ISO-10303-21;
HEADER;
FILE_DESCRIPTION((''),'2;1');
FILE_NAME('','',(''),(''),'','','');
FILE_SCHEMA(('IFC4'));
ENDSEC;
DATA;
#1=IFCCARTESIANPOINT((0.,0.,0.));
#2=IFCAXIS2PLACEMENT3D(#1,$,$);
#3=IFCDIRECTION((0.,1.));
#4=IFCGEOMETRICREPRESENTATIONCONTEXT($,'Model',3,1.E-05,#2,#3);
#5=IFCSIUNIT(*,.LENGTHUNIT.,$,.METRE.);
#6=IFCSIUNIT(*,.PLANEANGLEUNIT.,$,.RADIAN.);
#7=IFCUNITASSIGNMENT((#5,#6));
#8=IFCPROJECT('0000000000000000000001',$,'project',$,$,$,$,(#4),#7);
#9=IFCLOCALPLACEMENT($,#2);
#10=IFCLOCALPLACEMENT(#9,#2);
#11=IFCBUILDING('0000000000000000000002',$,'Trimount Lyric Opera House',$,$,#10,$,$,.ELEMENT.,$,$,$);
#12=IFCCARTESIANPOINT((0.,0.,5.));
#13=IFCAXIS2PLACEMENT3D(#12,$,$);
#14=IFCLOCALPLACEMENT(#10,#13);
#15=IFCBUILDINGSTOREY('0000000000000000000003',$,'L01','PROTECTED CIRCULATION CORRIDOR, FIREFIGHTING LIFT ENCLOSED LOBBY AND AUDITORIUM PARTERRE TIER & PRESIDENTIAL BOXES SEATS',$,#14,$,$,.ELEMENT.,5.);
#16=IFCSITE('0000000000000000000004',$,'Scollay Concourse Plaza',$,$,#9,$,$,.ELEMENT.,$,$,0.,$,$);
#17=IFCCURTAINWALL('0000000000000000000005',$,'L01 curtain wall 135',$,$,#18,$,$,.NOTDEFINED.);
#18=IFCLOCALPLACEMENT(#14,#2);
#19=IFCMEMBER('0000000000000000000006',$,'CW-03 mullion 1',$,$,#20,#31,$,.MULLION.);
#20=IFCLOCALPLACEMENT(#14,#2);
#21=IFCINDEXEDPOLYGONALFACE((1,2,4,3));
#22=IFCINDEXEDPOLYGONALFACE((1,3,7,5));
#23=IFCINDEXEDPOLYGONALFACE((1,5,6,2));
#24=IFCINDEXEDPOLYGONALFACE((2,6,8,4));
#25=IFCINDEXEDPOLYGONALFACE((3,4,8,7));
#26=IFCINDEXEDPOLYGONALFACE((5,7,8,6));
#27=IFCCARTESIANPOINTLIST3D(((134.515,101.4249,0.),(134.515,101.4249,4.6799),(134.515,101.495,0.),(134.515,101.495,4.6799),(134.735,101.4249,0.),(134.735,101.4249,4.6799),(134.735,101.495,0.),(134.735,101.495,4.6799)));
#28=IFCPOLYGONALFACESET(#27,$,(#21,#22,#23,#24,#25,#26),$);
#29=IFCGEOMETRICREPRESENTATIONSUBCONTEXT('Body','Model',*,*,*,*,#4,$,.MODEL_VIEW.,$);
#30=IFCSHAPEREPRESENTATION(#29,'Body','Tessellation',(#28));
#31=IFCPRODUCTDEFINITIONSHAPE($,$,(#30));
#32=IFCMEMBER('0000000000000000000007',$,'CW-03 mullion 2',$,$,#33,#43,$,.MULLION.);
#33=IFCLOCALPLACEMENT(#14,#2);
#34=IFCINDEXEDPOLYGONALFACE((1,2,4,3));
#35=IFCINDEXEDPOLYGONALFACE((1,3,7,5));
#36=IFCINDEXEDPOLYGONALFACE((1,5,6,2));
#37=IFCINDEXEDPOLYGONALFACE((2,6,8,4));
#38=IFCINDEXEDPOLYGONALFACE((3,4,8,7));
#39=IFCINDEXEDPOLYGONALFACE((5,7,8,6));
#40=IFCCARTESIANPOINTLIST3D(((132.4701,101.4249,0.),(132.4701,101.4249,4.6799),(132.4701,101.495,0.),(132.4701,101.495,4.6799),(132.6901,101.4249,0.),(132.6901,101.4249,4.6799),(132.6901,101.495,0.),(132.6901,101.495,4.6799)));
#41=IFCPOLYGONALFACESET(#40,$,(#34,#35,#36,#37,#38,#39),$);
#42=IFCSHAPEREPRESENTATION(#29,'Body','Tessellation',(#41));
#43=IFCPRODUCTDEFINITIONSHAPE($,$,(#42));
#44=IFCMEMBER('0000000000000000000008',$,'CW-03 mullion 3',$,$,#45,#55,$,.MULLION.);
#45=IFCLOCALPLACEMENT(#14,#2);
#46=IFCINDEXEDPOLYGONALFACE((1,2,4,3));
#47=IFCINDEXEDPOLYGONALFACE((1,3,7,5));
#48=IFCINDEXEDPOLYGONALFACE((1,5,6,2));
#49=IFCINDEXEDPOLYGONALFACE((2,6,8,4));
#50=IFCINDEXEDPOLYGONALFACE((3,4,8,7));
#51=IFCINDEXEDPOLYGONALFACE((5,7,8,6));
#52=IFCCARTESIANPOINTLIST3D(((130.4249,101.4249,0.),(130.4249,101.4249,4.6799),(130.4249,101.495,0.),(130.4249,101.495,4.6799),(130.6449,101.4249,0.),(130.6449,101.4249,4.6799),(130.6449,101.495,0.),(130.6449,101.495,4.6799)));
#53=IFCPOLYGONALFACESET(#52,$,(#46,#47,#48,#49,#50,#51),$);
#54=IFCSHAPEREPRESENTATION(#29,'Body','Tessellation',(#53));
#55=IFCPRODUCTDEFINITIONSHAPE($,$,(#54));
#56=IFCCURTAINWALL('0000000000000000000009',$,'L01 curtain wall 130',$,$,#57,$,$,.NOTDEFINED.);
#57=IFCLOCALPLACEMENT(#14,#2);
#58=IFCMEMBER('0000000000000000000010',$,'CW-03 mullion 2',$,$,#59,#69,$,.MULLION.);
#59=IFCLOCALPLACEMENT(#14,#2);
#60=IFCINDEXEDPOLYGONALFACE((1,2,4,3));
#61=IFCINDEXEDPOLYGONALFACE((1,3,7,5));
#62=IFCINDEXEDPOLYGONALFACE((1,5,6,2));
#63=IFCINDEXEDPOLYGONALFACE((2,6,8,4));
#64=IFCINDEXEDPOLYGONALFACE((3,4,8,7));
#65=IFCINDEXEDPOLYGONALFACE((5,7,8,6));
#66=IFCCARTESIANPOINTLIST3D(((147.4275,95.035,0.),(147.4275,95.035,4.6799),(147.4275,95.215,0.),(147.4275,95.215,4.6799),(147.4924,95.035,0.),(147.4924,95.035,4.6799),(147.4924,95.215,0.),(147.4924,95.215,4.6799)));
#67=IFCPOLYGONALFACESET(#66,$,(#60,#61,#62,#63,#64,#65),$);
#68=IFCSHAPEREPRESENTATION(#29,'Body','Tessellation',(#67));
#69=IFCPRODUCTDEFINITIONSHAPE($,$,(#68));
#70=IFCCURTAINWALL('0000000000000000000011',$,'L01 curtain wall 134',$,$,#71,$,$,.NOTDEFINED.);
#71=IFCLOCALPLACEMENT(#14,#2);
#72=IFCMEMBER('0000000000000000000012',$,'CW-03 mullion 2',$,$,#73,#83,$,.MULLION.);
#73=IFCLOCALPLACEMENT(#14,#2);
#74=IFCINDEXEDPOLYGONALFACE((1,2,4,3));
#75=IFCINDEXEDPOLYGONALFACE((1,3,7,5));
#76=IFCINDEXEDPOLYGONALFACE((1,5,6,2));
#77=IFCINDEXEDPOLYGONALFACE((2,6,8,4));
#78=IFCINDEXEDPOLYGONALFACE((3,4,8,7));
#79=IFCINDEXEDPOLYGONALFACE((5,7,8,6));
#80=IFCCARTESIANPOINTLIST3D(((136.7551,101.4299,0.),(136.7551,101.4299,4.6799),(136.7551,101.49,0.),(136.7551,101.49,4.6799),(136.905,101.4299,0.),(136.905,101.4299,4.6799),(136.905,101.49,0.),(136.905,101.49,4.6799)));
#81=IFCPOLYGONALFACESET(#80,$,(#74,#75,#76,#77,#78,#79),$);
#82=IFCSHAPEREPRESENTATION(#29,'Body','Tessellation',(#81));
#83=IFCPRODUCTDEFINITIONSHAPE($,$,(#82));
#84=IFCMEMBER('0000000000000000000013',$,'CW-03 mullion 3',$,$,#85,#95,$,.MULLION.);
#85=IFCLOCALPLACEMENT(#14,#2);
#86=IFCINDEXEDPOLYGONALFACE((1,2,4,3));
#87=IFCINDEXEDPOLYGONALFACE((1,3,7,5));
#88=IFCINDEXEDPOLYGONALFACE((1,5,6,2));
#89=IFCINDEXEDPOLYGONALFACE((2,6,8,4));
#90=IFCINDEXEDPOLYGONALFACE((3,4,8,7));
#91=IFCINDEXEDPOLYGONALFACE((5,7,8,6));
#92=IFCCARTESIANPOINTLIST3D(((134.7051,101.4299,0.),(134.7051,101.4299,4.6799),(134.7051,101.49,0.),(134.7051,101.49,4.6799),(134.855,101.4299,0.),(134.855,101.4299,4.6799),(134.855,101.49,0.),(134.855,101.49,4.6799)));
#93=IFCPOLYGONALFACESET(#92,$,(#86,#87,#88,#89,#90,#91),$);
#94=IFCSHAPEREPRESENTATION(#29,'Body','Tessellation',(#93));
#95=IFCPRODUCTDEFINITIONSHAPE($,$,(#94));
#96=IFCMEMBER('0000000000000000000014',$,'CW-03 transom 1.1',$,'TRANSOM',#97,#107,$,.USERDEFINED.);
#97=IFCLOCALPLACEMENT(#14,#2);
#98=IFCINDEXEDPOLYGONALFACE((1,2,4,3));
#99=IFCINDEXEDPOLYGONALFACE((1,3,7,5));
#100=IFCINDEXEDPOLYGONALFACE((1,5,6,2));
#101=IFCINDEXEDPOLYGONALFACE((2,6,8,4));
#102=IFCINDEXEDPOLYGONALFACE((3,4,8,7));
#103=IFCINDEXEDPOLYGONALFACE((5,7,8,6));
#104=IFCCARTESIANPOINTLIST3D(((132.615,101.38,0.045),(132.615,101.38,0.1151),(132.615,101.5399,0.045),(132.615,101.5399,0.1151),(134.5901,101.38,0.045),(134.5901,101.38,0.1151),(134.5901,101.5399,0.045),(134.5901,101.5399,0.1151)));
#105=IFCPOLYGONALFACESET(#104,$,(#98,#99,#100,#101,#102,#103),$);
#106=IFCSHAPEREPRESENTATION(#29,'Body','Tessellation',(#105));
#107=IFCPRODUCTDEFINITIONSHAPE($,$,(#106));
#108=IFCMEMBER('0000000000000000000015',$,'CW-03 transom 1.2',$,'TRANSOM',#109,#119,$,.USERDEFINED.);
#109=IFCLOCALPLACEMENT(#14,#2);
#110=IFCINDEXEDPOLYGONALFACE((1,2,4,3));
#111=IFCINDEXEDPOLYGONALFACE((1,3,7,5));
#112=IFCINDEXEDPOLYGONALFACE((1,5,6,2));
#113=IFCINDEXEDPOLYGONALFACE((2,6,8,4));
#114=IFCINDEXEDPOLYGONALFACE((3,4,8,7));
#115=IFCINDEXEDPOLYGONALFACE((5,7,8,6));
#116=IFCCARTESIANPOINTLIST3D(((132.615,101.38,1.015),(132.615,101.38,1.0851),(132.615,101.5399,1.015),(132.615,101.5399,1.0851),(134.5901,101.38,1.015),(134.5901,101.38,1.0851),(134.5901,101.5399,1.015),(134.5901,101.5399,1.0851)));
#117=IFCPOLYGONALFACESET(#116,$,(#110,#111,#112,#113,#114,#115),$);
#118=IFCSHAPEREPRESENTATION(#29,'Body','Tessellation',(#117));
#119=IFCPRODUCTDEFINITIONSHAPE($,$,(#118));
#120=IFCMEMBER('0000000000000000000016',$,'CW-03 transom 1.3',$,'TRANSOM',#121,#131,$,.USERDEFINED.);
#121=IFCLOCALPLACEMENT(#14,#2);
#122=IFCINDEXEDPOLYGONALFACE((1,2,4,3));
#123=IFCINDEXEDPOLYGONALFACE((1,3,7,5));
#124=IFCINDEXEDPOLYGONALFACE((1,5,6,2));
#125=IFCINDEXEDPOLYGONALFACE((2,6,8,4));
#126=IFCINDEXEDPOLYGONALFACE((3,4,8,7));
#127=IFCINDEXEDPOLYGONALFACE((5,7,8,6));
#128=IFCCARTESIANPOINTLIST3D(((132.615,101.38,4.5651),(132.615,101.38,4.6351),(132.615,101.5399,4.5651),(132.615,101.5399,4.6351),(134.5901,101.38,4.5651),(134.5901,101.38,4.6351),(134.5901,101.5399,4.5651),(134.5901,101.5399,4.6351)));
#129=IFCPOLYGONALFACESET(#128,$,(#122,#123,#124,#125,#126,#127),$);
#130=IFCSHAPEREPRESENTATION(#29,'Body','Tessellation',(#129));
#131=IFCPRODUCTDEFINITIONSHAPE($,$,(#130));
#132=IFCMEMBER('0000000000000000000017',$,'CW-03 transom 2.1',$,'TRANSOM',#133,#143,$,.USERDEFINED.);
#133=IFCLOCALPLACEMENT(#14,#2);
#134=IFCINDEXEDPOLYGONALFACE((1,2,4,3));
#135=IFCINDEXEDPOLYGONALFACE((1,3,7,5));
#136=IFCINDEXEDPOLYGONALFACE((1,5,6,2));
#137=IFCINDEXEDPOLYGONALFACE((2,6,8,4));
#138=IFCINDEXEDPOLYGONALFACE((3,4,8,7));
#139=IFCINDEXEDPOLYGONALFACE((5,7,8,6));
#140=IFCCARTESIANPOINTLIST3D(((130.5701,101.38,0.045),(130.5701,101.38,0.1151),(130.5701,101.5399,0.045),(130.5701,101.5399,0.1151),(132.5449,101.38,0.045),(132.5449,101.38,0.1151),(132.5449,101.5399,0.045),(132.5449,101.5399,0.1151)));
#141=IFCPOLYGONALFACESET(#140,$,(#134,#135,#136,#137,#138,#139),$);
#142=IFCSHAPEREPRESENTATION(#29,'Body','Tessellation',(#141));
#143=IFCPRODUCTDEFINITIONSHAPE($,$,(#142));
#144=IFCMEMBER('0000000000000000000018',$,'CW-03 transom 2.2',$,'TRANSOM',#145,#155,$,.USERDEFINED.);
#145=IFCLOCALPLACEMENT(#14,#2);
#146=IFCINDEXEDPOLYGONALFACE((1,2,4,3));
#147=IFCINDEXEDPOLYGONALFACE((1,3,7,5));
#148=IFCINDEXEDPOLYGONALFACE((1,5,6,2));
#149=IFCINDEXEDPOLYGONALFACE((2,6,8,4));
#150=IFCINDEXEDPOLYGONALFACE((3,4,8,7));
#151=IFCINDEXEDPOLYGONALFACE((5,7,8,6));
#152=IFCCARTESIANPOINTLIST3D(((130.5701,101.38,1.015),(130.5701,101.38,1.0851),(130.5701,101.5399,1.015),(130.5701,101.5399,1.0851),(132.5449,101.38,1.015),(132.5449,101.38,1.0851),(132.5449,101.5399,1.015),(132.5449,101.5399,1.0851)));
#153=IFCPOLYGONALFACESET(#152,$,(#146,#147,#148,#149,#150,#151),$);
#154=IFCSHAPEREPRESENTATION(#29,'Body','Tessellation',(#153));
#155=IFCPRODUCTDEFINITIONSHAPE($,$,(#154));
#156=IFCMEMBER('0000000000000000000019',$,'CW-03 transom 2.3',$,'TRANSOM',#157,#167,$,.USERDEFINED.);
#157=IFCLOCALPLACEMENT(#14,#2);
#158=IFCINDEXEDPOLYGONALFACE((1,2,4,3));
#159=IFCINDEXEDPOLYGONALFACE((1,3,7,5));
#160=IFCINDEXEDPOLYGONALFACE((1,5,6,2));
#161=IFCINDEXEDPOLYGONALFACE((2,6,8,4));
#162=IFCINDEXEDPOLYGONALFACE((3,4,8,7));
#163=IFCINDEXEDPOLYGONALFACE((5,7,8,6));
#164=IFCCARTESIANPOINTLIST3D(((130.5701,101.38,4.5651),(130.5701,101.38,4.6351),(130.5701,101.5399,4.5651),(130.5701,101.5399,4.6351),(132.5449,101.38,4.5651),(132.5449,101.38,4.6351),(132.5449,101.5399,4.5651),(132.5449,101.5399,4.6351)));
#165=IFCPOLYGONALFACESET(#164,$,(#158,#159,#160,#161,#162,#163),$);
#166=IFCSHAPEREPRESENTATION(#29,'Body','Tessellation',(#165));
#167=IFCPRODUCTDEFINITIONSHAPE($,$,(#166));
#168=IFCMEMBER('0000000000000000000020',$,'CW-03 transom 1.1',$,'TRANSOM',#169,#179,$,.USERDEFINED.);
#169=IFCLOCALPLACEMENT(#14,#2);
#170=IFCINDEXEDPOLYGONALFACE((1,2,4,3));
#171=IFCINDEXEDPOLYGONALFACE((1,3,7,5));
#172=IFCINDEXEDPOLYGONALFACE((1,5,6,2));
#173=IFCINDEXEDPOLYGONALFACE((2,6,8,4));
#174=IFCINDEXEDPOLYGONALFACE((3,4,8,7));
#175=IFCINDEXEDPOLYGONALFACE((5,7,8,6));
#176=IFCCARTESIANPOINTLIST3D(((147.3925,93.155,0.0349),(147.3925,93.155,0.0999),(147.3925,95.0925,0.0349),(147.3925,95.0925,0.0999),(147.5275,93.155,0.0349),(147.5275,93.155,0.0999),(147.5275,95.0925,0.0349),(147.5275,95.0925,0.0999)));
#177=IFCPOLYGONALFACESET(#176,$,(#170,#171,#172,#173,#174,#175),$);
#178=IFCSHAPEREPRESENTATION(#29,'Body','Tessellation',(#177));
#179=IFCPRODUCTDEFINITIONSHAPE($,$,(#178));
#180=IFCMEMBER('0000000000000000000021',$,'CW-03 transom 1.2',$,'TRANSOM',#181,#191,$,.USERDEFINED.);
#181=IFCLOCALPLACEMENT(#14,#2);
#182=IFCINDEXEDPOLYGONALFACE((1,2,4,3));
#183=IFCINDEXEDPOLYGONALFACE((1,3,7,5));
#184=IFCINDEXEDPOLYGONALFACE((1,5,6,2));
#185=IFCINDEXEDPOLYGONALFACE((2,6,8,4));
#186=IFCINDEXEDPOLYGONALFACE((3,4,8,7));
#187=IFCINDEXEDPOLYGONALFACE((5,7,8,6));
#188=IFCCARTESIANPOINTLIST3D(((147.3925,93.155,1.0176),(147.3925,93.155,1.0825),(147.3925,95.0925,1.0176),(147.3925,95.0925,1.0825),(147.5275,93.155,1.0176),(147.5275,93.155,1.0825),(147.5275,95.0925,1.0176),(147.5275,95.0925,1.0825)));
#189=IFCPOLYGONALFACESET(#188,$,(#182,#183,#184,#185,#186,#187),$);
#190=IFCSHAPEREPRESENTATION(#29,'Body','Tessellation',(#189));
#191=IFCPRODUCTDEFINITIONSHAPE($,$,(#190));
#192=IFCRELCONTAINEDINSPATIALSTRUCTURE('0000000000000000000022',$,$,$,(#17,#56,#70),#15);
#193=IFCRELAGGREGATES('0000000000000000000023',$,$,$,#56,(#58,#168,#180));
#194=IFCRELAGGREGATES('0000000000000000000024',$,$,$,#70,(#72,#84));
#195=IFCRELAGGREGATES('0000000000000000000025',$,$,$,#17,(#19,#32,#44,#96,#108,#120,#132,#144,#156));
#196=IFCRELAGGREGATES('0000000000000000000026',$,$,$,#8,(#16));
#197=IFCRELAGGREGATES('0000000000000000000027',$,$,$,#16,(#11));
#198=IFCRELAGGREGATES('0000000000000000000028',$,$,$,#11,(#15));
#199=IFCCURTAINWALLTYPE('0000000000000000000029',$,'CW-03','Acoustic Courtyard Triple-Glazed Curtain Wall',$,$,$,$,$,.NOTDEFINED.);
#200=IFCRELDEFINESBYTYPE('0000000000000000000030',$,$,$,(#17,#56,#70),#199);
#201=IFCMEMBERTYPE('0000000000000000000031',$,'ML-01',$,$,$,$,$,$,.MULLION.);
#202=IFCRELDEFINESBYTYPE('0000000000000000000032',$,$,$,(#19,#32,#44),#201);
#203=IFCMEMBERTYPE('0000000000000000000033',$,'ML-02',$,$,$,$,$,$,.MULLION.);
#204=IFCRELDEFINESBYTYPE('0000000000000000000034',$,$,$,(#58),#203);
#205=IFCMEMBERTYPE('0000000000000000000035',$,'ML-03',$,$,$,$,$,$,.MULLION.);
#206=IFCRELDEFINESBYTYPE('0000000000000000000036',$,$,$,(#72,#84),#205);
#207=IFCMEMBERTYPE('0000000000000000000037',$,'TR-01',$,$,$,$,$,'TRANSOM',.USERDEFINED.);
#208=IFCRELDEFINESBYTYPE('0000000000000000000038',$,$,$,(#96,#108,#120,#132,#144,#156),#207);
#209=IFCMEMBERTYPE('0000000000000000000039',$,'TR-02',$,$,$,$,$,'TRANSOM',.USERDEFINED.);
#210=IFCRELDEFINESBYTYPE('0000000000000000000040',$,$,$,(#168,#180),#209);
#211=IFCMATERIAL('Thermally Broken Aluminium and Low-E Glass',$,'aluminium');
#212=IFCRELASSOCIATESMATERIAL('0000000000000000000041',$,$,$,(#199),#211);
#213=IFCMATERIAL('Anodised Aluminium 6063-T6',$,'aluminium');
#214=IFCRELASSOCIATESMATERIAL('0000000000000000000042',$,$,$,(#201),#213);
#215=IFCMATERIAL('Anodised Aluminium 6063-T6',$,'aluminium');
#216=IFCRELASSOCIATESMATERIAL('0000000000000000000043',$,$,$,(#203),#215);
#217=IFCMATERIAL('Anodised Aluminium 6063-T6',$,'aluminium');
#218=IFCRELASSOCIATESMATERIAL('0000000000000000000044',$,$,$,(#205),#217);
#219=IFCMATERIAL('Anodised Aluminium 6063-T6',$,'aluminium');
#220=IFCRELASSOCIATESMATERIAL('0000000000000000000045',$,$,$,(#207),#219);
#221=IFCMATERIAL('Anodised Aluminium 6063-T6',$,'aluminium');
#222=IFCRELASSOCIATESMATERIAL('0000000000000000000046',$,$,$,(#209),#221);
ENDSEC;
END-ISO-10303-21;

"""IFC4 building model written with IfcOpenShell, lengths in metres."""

from ifc_helpers import new_model, si_unit, direction, frame, origin, origin_2d, place, context, subcontext, project, spatial, rectangle, extrude, material, material_profile, profile_set, type_object, element, aggregate, save


model = new_model("IFC4")

# Units and contexts
model_context = context("Model", 3, precision=1e-05, world=origin(), true_north=direction((0.0, 1.0)))
body_context = subcontext(model_context, "Body", "Model", "MODEL_VIEW")
ifc_project = project(units=[si_unit("LENGTHUNIT", "METRE"), si_unit("PLANEANGLEUNIT", "RADIAN")], contexts=[model_context])

# Site, building, storey
site_placement = place(None, origin())
site = spatial("IfcSite", under=ifc_project, at=site_placement, Name="Scollay Concourse Plaza", CompositionType="ELEMENT", RefElevation=0.0)
building_placement = place(site_placement, origin())
building = spatial("IfcBuilding", under=site, at=building_placement, Name="Trimount Lyric Opera House", CompositionType="ELEMENT")
storey_placement = place(building_placement, frame((0.0, 0.0, 5.0)))
storey = spatial("IfcBuildingStorey", under=building, at=storey_placement, Name="L01", Description="PROTECTED CIRCULATION CORRIDOR, FIREFIGHTING LIFT ENCLOSED LOBBY AND AUDITORIUM PARTERRE TIER & PRESIDENTIAL BOXES SEATS", CompositionType="ELEMENT", Elevation=5.0)

# Curtain wall, members
ifc_material_1 = material(Name="Thermally Broken Aluminium and Low-E Glass", Category="aluminium")
curtain_wall_type = type_object("IfcCurtainWallType", Name="CW-03", Description="Acoustic Courtyard Triple-Glazed Curtain Wall", PredefinedType="NOTDEFINED", material=ifc_material_1)
curtain_wall_1_placement = place(storey_placement, origin())
curtain_wall_1 = element("IfcCurtainWall", 1, at=curtain_wall_1_placement, inside=storey, type_object=curtain_wall_type, Name="L01 curtain wall 135", PredefinedType="NOTDEFINED")
ifc_material_2 = material(Name="Anodised Aluminium 6063-T6", Category="aluminium")
ifc_material_profile_1 = material_profile(ifc_material_2, rectangle(XDim=0.0701, YDim=0.22, at=origin_2d()), Name="ALU-MULL-70X220")
ifc_profile_set_1 = profile_set([ifc_material_profile_1], Name="Anodised Aluminium 6063-T6")
member_type_1 = type_object("IfcMemberType", Name="ML-01", PredefinedType="MULLION", material=ifc_profile_set_1)
member_1_placement = place(storey_placement, frame((134.625, 101.46, 0.0), z_axis=(0.0, 0.0, 1.0), x_axis=(0.0, -1.0, 0.0)))
member_1 = element("IfcMember", 2, at=member_1_placement, type_object=member_type_1, Name="CW-03 mullion 1", PredefinedType="MULLION", context=body_context, shape_type="SweptSolid", body=[
    extrude(rectangle(XDim=0.0701, YDim=0.22, at=origin_2d()), origin(), (0.0, 0.0, 1.0), 4.6799),
])
member_2_placement = place(storey_placement, frame((132.5801, 101.46, 0.0), z_axis=(0.0, 0.0, 1.0), x_axis=(0.0, -1.0, 0.0)))
member_2 = element("IfcMember", 3, at=member_2_placement, type_object=member_type_1, Name="CW-03 mullion 2", PredefinedType="MULLION", context=body_context, shape_type="SweptSolid", body=[
    extrude(rectangle(XDim=0.0701, YDim=0.22, at=origin_2d()), origin(), (0.0, 0.0, 1.0), 4.6799),
])
member_3_placement = place(storey_placement, frame((130.5349, 101.46, 0.0), z_axis=(0.0, 0.0, 1.0), x_axis=(0.0, -1.0, 0.0)))
member_3 = element("IfcMember", 4, at=member_3_placement, type_object=member_type_1, Name="CW-03 mullion 3", PredefinedType="MULLION", context=body_context, shape_type="SweptSolid", body=[
    extrude(rectangle(XDim=0.0701, YDim=0.22, at=origin_2d()), origin(), (0.0, 0.0, 1.0), 4.6799),
])

# Curtain wall, member
curtain_wall_2_placement = place(storey_placement, origin())
curtain_wall_2 = element("IfcCurtainWall", 5, at=curtain_wall_2_placement, inside=storey, type_object=curtain_wall_type, Name="L01 curtain wall 130", PredefinedType="NOTDEFINED")
ifc_material_3 = material(Name="Anodised Aluminium 6063-T6", Category="aluminium")
ifc_material_profile_2 = material_profile(ifc_material_3, rectangle(XDim=0.0649, YDim=0.1799, at=origin_2d()), Name="ALU-MULL-65X180")
ifc_profile_set_2 = profile_set([ifc_material_profile_2], Name="Anodised Aluminium 6063-T6")
member_type_2 = type_object("IfcMemberType", Name="ML-02", PredefinedType="MULLION", material=ifc_profile_set_2)
member_4_placement = place(storey_placement, frame((147.46, 95.125, 0.0), z_axis=(0.0, 0.0, 1.0), x_axis=(-1.0, 0.0, 0.0)))
member_4 = element("IfcMember", 6, at=member_4_placement, type_object=member_type_2, Name="CW-03 mullion 2", PredefinedType="MULLION", context=body_context, shape_type="SweptSolid", body=[
    extrude(rectangle(XDim=0.0649, YDim=0.1799, at=origin_2d()), origin(), (0.0, 0.0, 1.0), 4.6799),
])

# Curtain wall, members
curtain_wall_3_placement = place(storey_placement, origin())
curtain_wall_3 = element("IfcCurtainWall", 7, at=curtain_wall_3_placement, inside=storey, type_object=curtain_wall_type, Name="L01 curtain wall 134", PredefinedType="NOTDEFINED")
ifc_material_4 = material(Name="Anodised Aluminium 6063-T6", Category="aluminium")
ifc_material_profile_3 = material_profile(ifc_material_4, rectangle(XDim=0.0601, YDim=0.1499, at=origin_2d()), Name="ALU-MULL-60X150")
ifc_profile_set_3 = profile_set([ifc_material_profile_3], Name="Anodised Aluminium 6063-T6")
member_type_3 = type_object("IfcMemberType", Name="ML-03", PredefinedType="MULLION", material=ifc_profile_set_3)
member_5_placement = place(storey_placement, frame((136.8301, 101.46, 0.0), z_axis=(0.0, 0.0, 1.0), x_axis=(0.0, -1.0, 0.0)))
member_5 = element("IfcMember", 8, at=member_5_placement, type_object=member_type_3, Name="CW-03 mullion 2", PredefinedType="MULLION", context=body_context, shape_type="SweptSolid", body=[
    extrude(rectangle(XDim=0.0601, YDim=0.1499, at=origin_2d()), origin(), (0.0, 0.0, 1.0), 4.6799),
])
member_6_placement = place(storey_placement, frame((134.78, 101.46, 0.0), z_axis=(0.0, 0.0, 1.0), x_axis=(0.0, -1.0, 0.0)))
member_6 = element("IfcMember", 9, at=member_6_placement, type_object=member_type_3, Name="CW-03 mullion 3", PredefinedType="MULLION", context=body_context, shape_type="SweptSolid", body=[
    extrude(rectangle(XDim=0.0601, YDim=0.1499, at=origin_2d()), origin(), (0.0, 0.0, 1.0), 4.6799),
])

# Members
ifc_material_5 = material(Name="Anodised Aluminium 6063-T6", Category="aluminium")
ifc_material_profile_4 = material_profile(ifc_material_5, rectangle(XDim=0.1599, YDim=0.0701, at=origin_2d()), Name="ALU-TRAN-70X160")
ifc_profile_set_4 = profile_set([ifc_material_profile_4], Name="Anodised Aluminium 6063-T6")
member_type_4 = type_object("IfcMemberType", Name="TR-01", ElementType="TRANSOM", PredefinedType="USERDEFINED", material=ifc_profile_set_4)
member_7_placement = place(storey_placement, frame((134.5901, 101.46, 0.0801), z_axis=(-1.0, 0.0, 0.0), x_axis=(0.0, -1.0, 0.0)))
member_7 = element("IfcMember", 10, at=member_7_placement, type_object=member_type_4, Name="CW-03 transom 1.1", ObjectType="TRANSOM", PredefinedType="USERDEFINED", context=body_context, shape_type="SweptSolid", body=[
    extrude(rectangle(XDim=0.1599, YDim=0.0701, at=origin_2d()), origin(), (0.0, 0.0, 1.0), 1.9751),
])
member_8_placement = place(storey_placement, frame((134.5901, 101.46, 1.05), z_axis=(-1.0, 0.0, 0.0), x_axis=(0.0, -1.0, 0.0)))
member_8 = element("IfcMember", 11, at=member_8_placement, type_object=member_type_4, Name="CW-03 transom 1.2", ObjectType="TRANSOM", PredefinedType="USERDEFINED", context=body_context, shape_type="SweptSolid", body=[
    extrude(rectangle(XDim=0.1599, YDim=0.0701, at=origin_2d()), origin(), (0.0, 0.0, 1.0), 1.9751),
])
member_9_placement = place(storey_placement, frame((134.5901, 101.46, 4.6001), z_axis=(-1.0, 0.0, 0.0), x_axis=(0.0, -1.0, 0.0)))
member_9 = element("IfcMember", 12, at=member_9_placement, type_object=member_type_4, Name="CW-03 transom 1.3", ObjectType="TRANSOM", PredefinedType="USERDEFINED", context=body_context, shape_type="SweptSolid", body=[
    extrude(rectangle(XDim=0.1599, YDim=0.0701, at=origin_2d()), origin(), (0.0, 0.0, 1.0), 1.9751),
])
member_10_placement = place(storey_placement, frame((132.5449, 101.46, 0.0801), z_axis=(-1.0, 0.0, 0.0), x_axis=(0.0, -1.0, 0.0)))
member_10 = element("IfcMember", 13, at=member_10_placement, type_object=member_type_4, Name="CW-03 transom 2.1", ObjectType="TRANSOM", PredefinedType="USERDEFINED", context=body_context, shape_type="SweptSolid", body=[
    extrude(rectangle(XDim=0.1599, YDim=0.0701, at=origin_2d()), origin(), (0.0, 0.0, 1.0), 1.9749),
])
member_11_placement = place(storey_placement, frame((132.5449, 101.46, 1.05), z_axis=(-1.0, 0.0, 0.0), x_axis=(0.0, -1.0, 0.0)))
member_11 = element("IfcMember", 14, at=member_11_placement, type_object=member_type_4, Name="CW-03 transom 2.2", ObjectType="TRANSOM", PredefinedType="USERDEFINED", context=body_context, shape_type="SweptSolid", body=[
    extrude(rectangle(XDim=0.1599, YDim=0.0701, at=origin_2d()), origin(), (0.0, 0.0, 1.0), 1.9749),
])
member_12_placement = place(storey_placement, frame((132.5449, 101.46, 4.6001), z_axis=(-1.0, 0.0, 0.0), x_axis=(0.0, -1.0, 0.0)))
member_12 = element("IfcMember", 15, at=member_12_placement, type_object=member_type_4, Name="CW-03 transom 2.3", ObjectType="TRANSOM", PredefinedType="USERDEFINED", context=body_context, shape_type="SweptSolid", body=[
    extrude(rectangle(XDim=0.1599, YDim=0.0701, at=origin_2d()), origin(), (0.0, 0.0, 1.0), 1.9749),
])
ifc_material_6 = material(Name="Anodised Aluminium 6063-T6", Category="aluminium")
ifc_material_profile_5 = material_profile(ifc_material_6, rectangle(XDim=0.135, YDim=0.0649, at=origin_2d()), Name="ALU-TRAN-65X135")
ifc_profile_set_5 = profile_set([ifc_material_profile_5], Name="Anodised Aluminium 6063-T6")
member_type_5 = type_object("IfcMemberType", Name="TR-02", ElementType="TRANSOM", PredefinedType="USERDEFINED", material=ifc_profile_set_5)
member_13_placement = place(storey_placement, frame((147.46, 93.155, 0.0674), z_axis=(0.0, 1.0, 0.0), x_axis=(-1.0, 0.0, 0.0)))
member_13 = element("IfcMember", 16, at=member_13_placement, type_object=member_type_5, Name="CW-03 transom 1.1", ObjectType="TRANSOM", PredefinedType="USERDEFINED", context=body_context, shape_type="SweptSolid", body=[
    extrude(rectangle(XDim=0.135, YDim=0.0649, at=origin_2d()), origin(), (0.0, 0.0, 1.0), 1.9375),
])
member_14_placement = place(storey_placement, frame((147.46, 93.155, 1.05), z_axis=(0.0, 1.0, 0.0), x_axis=(-1.0, 0.0, 0.0)))
member_14 = element("IfcMember", 17, at=member_14_placement, type_object=member_type_5, Name="CW-03 transom 1.2", ObjectType="TRANSOM", PredefinedType="USERDEFINED", context=body_context, shape_type="SweptSolid", body=[
    extrude(rectangle(XDim=0.135, YDim=0.0649, at=origin_2d()), origin(), (0.0, 0.0, 1.0), 1.9375),
])

aggregate(curtain_wall_2, [member_4, member_13, member_14])
aggregate(curtain_wall_3, [member_5, member_6])
aggregate(curtain_wall_1, [member_1, member_2, member_3, member_7, member_8, member_9, member_10, member_11, member_12])

save(model, "model.ifc")
